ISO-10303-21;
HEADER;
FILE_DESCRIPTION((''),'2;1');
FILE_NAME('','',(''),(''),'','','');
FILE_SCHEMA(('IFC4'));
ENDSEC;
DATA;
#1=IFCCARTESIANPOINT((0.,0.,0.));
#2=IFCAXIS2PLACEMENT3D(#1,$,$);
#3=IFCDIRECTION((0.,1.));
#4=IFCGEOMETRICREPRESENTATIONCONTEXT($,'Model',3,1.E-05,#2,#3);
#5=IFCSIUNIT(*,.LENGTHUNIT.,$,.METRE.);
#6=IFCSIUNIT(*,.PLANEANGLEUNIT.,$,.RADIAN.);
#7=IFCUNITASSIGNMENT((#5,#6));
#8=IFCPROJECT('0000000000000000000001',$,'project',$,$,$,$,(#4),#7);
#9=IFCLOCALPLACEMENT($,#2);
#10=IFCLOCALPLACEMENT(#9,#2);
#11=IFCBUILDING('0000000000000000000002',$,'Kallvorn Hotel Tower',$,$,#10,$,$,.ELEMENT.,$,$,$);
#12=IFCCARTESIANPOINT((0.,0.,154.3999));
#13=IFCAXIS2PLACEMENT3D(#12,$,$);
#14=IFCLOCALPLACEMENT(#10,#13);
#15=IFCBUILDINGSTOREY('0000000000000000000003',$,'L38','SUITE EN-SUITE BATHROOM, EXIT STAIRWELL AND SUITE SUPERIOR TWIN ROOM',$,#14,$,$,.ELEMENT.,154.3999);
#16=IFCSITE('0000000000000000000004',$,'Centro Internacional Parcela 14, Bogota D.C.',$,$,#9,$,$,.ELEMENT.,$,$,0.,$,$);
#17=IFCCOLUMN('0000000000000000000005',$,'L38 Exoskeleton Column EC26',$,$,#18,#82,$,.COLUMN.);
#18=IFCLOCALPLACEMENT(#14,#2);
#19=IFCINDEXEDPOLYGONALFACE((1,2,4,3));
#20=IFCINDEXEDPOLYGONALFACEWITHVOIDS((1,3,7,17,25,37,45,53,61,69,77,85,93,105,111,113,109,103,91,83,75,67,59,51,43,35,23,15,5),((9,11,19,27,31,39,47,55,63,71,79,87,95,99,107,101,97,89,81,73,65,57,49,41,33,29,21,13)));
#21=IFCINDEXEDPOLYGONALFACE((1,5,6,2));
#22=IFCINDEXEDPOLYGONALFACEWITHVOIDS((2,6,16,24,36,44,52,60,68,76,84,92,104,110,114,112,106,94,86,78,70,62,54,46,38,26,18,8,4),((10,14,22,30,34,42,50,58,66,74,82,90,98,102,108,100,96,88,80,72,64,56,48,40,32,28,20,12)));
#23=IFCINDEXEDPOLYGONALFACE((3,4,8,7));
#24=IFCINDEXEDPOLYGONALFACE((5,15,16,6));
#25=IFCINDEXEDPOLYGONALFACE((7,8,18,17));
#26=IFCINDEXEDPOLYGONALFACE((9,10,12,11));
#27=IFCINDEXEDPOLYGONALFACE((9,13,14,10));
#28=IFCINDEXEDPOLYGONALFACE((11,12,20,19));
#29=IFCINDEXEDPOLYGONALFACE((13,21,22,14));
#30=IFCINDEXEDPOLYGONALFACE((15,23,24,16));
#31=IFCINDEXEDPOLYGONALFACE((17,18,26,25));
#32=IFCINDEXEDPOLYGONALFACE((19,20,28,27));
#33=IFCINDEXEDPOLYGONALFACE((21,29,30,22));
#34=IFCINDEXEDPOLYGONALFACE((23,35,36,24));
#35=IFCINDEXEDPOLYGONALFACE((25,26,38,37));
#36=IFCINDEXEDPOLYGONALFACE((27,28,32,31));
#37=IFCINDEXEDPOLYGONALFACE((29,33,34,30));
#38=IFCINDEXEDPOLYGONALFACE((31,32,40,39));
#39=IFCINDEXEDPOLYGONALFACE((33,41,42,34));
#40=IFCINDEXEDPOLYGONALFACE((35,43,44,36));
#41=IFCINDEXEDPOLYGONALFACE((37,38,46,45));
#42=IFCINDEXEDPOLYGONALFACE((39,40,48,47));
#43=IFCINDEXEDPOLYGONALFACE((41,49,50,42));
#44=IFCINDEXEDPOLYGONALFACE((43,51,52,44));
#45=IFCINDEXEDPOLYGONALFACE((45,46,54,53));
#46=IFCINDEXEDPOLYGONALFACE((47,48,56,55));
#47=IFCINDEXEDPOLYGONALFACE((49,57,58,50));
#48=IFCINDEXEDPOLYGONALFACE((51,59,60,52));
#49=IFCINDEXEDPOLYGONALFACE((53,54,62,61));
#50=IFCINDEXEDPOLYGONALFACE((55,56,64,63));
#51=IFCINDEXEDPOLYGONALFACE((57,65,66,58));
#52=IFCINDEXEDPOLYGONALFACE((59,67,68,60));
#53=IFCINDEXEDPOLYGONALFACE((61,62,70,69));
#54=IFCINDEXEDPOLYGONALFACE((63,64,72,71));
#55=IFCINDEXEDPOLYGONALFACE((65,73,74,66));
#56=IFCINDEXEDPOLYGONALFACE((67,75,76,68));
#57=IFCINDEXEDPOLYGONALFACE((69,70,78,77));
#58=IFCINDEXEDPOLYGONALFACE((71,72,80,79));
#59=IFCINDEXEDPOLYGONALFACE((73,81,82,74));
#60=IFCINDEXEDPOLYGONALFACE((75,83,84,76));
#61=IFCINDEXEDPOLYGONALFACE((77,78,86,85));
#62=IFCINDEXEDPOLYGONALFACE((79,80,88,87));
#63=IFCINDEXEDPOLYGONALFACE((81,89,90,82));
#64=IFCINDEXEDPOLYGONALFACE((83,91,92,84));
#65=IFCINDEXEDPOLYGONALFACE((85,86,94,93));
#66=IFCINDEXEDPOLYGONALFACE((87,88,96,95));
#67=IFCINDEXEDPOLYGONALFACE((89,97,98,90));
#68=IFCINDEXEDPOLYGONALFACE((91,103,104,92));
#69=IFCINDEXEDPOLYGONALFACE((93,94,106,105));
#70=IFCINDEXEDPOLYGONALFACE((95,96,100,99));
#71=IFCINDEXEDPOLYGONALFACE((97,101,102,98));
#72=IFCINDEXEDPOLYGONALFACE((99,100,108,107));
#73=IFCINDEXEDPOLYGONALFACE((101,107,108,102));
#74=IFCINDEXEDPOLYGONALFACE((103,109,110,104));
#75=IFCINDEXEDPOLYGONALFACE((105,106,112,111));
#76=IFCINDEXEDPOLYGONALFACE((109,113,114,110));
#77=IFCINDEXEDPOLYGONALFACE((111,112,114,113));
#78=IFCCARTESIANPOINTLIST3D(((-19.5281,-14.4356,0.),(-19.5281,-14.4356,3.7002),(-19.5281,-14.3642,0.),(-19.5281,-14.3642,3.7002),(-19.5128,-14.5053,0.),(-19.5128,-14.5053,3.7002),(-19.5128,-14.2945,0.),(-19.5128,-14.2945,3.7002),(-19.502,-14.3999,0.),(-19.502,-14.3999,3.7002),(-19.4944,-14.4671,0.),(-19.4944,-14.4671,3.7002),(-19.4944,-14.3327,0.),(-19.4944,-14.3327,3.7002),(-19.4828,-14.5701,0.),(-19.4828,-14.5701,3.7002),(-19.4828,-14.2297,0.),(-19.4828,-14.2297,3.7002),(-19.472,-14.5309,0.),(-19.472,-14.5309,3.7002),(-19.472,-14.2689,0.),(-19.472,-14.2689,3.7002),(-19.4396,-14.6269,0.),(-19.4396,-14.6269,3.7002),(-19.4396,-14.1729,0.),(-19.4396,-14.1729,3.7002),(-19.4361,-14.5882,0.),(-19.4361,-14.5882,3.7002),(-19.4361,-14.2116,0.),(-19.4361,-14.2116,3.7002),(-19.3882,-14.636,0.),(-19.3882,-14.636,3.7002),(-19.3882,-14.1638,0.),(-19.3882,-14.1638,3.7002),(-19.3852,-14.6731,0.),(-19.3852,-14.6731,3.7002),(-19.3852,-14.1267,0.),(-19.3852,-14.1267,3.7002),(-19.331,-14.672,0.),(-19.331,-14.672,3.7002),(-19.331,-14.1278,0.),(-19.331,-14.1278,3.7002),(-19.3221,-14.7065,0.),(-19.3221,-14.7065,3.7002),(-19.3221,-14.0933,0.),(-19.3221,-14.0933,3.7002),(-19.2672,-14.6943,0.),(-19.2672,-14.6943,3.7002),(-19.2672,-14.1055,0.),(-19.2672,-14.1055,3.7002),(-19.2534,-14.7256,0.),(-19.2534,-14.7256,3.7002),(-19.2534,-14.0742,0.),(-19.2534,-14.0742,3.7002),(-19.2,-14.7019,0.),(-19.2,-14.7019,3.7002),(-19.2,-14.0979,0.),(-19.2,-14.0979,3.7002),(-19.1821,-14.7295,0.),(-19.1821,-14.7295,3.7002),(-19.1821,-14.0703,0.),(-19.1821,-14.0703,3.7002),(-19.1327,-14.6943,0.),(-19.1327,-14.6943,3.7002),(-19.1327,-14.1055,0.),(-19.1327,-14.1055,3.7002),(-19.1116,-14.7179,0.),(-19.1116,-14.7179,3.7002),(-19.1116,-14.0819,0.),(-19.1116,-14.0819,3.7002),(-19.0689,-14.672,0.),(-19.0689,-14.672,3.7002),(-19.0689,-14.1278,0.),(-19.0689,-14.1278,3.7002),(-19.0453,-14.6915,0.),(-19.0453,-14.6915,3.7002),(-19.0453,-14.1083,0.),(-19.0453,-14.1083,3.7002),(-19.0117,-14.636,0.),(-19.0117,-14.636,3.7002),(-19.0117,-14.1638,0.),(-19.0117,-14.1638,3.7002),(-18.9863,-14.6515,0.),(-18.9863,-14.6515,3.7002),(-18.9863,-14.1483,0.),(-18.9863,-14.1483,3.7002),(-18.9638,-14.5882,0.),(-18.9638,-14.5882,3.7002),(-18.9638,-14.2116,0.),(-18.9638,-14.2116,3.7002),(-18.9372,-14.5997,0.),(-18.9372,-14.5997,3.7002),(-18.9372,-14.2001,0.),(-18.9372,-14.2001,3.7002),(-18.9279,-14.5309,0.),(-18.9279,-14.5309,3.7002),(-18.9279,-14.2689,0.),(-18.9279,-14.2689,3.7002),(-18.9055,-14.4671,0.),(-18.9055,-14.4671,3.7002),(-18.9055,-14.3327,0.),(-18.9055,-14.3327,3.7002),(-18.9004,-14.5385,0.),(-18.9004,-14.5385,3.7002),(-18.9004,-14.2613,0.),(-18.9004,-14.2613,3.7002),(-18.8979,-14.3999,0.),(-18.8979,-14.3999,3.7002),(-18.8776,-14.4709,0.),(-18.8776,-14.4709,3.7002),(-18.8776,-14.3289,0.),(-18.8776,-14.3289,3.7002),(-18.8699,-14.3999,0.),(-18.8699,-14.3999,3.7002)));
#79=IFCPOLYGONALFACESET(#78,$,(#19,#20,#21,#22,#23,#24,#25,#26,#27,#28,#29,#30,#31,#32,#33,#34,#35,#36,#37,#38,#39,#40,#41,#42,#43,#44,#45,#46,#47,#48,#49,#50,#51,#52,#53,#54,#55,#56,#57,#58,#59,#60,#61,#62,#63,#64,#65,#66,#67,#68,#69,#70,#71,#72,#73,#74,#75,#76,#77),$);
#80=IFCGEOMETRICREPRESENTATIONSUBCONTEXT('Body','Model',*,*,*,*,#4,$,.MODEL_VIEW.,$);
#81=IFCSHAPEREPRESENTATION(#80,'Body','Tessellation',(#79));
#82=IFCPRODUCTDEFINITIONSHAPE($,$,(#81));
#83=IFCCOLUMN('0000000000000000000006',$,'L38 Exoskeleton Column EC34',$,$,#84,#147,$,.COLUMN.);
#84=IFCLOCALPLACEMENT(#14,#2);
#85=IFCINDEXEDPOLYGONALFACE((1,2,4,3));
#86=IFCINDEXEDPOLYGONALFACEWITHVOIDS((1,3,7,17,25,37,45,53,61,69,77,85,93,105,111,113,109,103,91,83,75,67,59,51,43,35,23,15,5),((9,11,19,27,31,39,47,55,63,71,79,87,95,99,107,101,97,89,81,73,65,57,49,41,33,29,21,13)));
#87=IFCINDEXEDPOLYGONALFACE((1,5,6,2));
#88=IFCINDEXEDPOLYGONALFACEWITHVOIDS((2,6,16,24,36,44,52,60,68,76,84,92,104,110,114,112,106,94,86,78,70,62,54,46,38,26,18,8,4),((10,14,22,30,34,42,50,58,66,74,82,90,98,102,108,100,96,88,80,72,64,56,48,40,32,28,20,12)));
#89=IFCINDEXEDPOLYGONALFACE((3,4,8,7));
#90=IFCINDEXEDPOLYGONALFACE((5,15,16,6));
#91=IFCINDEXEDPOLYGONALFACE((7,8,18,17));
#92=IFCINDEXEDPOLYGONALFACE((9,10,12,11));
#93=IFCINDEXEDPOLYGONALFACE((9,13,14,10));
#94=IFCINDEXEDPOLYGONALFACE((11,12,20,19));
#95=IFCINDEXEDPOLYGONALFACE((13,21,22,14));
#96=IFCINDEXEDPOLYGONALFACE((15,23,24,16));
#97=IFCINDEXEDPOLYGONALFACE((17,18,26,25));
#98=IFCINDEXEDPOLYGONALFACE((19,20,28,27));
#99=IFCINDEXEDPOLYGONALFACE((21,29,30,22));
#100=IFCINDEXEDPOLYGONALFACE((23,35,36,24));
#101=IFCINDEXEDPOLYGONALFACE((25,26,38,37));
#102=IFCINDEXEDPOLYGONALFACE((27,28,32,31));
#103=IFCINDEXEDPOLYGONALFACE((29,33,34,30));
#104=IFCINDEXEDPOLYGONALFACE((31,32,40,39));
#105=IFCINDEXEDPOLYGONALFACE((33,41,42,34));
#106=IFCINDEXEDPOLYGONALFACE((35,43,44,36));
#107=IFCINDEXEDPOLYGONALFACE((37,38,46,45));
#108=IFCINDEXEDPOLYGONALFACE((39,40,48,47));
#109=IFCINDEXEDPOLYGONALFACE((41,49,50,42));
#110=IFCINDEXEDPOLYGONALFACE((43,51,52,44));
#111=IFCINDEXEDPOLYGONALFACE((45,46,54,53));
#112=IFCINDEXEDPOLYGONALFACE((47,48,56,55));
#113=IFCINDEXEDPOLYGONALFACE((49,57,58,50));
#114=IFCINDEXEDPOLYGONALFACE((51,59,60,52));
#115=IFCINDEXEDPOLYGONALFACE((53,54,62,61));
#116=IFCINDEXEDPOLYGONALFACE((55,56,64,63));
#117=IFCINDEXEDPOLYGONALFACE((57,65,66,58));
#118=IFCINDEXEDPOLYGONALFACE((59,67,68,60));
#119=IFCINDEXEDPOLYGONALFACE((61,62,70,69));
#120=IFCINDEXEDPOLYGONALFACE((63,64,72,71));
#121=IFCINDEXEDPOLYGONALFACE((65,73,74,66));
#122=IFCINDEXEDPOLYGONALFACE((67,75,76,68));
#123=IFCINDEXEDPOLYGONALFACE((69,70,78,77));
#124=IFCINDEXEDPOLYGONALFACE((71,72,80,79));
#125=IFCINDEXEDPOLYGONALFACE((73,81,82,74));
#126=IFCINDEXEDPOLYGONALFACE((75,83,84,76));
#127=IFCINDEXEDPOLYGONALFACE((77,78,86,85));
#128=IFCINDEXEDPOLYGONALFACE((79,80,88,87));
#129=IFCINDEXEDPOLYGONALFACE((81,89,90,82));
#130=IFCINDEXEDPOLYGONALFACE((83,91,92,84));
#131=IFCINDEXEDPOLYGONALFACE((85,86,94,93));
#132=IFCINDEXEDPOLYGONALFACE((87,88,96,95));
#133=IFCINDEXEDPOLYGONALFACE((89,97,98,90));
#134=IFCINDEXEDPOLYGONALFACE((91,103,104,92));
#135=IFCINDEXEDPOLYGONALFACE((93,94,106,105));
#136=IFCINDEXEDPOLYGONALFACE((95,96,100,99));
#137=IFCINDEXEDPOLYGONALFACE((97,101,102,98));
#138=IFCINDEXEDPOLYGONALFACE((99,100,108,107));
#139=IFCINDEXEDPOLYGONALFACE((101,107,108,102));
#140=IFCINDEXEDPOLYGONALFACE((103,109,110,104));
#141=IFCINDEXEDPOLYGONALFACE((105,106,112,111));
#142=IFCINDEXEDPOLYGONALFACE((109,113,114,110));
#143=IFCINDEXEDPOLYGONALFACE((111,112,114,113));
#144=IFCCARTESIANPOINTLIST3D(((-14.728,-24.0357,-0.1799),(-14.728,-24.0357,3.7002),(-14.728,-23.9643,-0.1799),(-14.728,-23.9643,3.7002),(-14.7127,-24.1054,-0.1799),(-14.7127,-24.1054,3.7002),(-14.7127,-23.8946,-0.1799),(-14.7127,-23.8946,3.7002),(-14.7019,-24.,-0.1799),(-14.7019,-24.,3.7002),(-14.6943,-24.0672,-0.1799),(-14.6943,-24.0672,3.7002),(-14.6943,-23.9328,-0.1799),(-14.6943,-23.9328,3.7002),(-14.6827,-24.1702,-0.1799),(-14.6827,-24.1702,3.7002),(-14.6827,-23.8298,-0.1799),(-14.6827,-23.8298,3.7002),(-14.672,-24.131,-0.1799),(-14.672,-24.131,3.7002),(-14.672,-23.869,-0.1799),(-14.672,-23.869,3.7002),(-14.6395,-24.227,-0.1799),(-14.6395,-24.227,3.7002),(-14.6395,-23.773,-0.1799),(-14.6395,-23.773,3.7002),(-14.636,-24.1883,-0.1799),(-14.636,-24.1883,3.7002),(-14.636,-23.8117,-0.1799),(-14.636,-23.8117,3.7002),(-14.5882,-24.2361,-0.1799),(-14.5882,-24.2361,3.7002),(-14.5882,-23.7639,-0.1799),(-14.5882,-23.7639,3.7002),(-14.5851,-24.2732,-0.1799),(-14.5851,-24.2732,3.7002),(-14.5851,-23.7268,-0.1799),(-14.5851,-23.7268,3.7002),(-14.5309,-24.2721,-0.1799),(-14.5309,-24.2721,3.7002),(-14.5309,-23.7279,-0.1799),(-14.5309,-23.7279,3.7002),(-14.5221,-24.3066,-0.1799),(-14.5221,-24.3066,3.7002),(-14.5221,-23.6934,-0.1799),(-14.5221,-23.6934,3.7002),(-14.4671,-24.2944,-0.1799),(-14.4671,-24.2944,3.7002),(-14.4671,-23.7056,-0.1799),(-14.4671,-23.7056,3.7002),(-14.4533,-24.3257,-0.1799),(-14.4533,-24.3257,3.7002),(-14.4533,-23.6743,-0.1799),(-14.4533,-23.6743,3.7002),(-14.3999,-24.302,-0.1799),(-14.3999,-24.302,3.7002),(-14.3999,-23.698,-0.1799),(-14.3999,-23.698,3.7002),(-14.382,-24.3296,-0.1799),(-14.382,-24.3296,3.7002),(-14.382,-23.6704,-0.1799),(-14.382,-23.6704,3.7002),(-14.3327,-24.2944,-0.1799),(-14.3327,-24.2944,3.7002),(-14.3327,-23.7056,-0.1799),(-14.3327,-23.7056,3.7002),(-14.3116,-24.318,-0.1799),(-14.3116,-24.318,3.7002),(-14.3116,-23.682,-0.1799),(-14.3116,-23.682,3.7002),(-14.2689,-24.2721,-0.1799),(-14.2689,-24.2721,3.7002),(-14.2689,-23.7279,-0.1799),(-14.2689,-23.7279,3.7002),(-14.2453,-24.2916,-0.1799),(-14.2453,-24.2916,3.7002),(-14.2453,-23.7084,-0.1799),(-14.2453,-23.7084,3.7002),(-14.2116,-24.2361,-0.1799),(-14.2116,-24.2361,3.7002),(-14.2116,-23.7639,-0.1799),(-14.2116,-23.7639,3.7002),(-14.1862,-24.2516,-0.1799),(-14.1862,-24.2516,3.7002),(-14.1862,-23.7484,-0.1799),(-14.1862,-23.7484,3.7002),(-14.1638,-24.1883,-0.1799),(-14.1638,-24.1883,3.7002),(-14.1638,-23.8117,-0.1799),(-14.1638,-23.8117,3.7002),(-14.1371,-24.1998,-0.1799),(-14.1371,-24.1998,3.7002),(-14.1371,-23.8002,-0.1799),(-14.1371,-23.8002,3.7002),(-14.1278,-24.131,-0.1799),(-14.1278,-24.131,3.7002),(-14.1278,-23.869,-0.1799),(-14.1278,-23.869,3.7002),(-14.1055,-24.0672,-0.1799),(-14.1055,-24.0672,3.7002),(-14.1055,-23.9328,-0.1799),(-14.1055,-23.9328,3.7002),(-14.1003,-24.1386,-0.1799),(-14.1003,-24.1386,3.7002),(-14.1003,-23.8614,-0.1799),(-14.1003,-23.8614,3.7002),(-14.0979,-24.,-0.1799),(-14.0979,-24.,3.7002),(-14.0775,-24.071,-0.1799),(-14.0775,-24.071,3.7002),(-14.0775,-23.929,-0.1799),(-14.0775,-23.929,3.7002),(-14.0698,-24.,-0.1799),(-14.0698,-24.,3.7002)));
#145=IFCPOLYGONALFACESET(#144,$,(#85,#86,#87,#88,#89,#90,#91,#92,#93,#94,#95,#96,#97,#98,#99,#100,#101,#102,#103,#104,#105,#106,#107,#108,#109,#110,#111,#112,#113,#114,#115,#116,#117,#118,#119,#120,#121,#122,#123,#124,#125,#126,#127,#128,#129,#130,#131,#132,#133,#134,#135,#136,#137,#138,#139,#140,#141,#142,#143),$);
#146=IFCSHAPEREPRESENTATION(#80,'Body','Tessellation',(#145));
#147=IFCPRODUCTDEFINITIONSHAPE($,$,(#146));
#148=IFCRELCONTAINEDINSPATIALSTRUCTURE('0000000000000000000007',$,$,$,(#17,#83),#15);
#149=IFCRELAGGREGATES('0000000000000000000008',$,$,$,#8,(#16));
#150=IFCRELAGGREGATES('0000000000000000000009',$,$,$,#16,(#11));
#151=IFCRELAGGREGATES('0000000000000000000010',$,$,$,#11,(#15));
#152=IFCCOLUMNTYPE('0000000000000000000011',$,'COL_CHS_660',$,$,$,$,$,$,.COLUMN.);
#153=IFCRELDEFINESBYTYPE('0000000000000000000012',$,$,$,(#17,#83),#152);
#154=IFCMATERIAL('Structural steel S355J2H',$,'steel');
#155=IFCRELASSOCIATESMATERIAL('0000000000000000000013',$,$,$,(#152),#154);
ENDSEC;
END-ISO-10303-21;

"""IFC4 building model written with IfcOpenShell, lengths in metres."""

from ifc_helpers import new_model, si_unit, direction, frame, origin, origin_2d, place, context, subcontext, project, spatial, hollow_circle, extrude, material, material_profile, profile_set, type_object, element, save


model = new_model("IFC4")

# Units and contexts
model_context = context("Model", 3, precision=1e-05, world=origin(), true_north=direction((0.0, 1.0)))
body_context = subcontext(model_context, "Body", "Model", "MODEL_VIEW")
ifc_project = project(units=[si_unit("LENGTHUNIT", "METRE"), si_unit("PLANEANGLEUNIT", "RADIAN")], contexts=[model_context])

# Site, building, storey
site_placement = place(None, origin())
site = spatial("IfcSite", under=ifc_project, at=site_placement, Name="Centro Internacional Parcela 14, Bogota D.C.", CompositionType="ELEMENT", RefElevation=0.0)
building_placement = place(site_placement, origin())
building = spatial("IfcBuilding", under=site, at=building_placement, Name="Kallvorn Hotel Tower", CompositionType="ELEMENT")
storey_placement = place(building_placement, frame((0.0, 0.0, 154.3999)))
storey = spatial("IfcBuildingStorey", under=building, at=storey_placement, Name="L38", Description="SUITE EN-SUITE BATHROOM, EXIT STAIRWELL AND SUITE SUPERIOR TWIN ROOM", CompositionType="ELEMENT", Elevation=154.3999)

# Columns
ifc_material_1 = material(Name="Structural steel S355J2H", Category="steel")
ifc_material_profile_1 = material_profile(ifc_material_1, hollow_circle(Radius=0.3301, WallThickness=0.0281, at=origin_2d()), Name="CHS 660x28")
ifc_profile_set_1 = profile_set([ifc_material_profile_1], Name="Structural steel S355J2H")
column_type = type_object("IfcColumnType", Name="COL_CHS_660", PredefinedType="COLUMN", material=ifc_profile_set_1)
column_1_placement = place(storey_placement, frame((-19.2, -14.3999, 0.0), z_axis=(0.0, 0.0, 1.0), x_axis=(1.0, 0.0, 0.0)))
element("IfcColumn", 1, at=column_1_placement, inside=storey, type_object=column_type, Name="L38 Exoskeleton Column EC26", PredefinedType="COLUMN", context=body_context, shape_type="SweptSolid", body=[
    extrude(hollow_circle(Radius=0.3301, WallThickness=0.0281, at=origin_2d()), origin(), (0.0, 0.0, 1.0), 3.7002),
])
column_2_placement = place(storey_placement, frame((-14.3999, -24.0, -0.1799), z_axis=(0.0, 0.0, 1.0), x_axis=(1.0, 0.0, 0.0)))
element("IfcColumn", 2, at=column_2_placement, inside=storey, type_object=column_type, Name="L38 Exoskeleton Column EC34", PredefinedType="COLUMN", context=body_context, shape_type="SweptSolid", body=[
    extrude(hollow_circle(Radius=0.3301, WallThickness=0.0281, at=origin_2d()), origin(), (0.0, 0.0, 1.0), 3.8801),
])

save(model, "model.ifc")
